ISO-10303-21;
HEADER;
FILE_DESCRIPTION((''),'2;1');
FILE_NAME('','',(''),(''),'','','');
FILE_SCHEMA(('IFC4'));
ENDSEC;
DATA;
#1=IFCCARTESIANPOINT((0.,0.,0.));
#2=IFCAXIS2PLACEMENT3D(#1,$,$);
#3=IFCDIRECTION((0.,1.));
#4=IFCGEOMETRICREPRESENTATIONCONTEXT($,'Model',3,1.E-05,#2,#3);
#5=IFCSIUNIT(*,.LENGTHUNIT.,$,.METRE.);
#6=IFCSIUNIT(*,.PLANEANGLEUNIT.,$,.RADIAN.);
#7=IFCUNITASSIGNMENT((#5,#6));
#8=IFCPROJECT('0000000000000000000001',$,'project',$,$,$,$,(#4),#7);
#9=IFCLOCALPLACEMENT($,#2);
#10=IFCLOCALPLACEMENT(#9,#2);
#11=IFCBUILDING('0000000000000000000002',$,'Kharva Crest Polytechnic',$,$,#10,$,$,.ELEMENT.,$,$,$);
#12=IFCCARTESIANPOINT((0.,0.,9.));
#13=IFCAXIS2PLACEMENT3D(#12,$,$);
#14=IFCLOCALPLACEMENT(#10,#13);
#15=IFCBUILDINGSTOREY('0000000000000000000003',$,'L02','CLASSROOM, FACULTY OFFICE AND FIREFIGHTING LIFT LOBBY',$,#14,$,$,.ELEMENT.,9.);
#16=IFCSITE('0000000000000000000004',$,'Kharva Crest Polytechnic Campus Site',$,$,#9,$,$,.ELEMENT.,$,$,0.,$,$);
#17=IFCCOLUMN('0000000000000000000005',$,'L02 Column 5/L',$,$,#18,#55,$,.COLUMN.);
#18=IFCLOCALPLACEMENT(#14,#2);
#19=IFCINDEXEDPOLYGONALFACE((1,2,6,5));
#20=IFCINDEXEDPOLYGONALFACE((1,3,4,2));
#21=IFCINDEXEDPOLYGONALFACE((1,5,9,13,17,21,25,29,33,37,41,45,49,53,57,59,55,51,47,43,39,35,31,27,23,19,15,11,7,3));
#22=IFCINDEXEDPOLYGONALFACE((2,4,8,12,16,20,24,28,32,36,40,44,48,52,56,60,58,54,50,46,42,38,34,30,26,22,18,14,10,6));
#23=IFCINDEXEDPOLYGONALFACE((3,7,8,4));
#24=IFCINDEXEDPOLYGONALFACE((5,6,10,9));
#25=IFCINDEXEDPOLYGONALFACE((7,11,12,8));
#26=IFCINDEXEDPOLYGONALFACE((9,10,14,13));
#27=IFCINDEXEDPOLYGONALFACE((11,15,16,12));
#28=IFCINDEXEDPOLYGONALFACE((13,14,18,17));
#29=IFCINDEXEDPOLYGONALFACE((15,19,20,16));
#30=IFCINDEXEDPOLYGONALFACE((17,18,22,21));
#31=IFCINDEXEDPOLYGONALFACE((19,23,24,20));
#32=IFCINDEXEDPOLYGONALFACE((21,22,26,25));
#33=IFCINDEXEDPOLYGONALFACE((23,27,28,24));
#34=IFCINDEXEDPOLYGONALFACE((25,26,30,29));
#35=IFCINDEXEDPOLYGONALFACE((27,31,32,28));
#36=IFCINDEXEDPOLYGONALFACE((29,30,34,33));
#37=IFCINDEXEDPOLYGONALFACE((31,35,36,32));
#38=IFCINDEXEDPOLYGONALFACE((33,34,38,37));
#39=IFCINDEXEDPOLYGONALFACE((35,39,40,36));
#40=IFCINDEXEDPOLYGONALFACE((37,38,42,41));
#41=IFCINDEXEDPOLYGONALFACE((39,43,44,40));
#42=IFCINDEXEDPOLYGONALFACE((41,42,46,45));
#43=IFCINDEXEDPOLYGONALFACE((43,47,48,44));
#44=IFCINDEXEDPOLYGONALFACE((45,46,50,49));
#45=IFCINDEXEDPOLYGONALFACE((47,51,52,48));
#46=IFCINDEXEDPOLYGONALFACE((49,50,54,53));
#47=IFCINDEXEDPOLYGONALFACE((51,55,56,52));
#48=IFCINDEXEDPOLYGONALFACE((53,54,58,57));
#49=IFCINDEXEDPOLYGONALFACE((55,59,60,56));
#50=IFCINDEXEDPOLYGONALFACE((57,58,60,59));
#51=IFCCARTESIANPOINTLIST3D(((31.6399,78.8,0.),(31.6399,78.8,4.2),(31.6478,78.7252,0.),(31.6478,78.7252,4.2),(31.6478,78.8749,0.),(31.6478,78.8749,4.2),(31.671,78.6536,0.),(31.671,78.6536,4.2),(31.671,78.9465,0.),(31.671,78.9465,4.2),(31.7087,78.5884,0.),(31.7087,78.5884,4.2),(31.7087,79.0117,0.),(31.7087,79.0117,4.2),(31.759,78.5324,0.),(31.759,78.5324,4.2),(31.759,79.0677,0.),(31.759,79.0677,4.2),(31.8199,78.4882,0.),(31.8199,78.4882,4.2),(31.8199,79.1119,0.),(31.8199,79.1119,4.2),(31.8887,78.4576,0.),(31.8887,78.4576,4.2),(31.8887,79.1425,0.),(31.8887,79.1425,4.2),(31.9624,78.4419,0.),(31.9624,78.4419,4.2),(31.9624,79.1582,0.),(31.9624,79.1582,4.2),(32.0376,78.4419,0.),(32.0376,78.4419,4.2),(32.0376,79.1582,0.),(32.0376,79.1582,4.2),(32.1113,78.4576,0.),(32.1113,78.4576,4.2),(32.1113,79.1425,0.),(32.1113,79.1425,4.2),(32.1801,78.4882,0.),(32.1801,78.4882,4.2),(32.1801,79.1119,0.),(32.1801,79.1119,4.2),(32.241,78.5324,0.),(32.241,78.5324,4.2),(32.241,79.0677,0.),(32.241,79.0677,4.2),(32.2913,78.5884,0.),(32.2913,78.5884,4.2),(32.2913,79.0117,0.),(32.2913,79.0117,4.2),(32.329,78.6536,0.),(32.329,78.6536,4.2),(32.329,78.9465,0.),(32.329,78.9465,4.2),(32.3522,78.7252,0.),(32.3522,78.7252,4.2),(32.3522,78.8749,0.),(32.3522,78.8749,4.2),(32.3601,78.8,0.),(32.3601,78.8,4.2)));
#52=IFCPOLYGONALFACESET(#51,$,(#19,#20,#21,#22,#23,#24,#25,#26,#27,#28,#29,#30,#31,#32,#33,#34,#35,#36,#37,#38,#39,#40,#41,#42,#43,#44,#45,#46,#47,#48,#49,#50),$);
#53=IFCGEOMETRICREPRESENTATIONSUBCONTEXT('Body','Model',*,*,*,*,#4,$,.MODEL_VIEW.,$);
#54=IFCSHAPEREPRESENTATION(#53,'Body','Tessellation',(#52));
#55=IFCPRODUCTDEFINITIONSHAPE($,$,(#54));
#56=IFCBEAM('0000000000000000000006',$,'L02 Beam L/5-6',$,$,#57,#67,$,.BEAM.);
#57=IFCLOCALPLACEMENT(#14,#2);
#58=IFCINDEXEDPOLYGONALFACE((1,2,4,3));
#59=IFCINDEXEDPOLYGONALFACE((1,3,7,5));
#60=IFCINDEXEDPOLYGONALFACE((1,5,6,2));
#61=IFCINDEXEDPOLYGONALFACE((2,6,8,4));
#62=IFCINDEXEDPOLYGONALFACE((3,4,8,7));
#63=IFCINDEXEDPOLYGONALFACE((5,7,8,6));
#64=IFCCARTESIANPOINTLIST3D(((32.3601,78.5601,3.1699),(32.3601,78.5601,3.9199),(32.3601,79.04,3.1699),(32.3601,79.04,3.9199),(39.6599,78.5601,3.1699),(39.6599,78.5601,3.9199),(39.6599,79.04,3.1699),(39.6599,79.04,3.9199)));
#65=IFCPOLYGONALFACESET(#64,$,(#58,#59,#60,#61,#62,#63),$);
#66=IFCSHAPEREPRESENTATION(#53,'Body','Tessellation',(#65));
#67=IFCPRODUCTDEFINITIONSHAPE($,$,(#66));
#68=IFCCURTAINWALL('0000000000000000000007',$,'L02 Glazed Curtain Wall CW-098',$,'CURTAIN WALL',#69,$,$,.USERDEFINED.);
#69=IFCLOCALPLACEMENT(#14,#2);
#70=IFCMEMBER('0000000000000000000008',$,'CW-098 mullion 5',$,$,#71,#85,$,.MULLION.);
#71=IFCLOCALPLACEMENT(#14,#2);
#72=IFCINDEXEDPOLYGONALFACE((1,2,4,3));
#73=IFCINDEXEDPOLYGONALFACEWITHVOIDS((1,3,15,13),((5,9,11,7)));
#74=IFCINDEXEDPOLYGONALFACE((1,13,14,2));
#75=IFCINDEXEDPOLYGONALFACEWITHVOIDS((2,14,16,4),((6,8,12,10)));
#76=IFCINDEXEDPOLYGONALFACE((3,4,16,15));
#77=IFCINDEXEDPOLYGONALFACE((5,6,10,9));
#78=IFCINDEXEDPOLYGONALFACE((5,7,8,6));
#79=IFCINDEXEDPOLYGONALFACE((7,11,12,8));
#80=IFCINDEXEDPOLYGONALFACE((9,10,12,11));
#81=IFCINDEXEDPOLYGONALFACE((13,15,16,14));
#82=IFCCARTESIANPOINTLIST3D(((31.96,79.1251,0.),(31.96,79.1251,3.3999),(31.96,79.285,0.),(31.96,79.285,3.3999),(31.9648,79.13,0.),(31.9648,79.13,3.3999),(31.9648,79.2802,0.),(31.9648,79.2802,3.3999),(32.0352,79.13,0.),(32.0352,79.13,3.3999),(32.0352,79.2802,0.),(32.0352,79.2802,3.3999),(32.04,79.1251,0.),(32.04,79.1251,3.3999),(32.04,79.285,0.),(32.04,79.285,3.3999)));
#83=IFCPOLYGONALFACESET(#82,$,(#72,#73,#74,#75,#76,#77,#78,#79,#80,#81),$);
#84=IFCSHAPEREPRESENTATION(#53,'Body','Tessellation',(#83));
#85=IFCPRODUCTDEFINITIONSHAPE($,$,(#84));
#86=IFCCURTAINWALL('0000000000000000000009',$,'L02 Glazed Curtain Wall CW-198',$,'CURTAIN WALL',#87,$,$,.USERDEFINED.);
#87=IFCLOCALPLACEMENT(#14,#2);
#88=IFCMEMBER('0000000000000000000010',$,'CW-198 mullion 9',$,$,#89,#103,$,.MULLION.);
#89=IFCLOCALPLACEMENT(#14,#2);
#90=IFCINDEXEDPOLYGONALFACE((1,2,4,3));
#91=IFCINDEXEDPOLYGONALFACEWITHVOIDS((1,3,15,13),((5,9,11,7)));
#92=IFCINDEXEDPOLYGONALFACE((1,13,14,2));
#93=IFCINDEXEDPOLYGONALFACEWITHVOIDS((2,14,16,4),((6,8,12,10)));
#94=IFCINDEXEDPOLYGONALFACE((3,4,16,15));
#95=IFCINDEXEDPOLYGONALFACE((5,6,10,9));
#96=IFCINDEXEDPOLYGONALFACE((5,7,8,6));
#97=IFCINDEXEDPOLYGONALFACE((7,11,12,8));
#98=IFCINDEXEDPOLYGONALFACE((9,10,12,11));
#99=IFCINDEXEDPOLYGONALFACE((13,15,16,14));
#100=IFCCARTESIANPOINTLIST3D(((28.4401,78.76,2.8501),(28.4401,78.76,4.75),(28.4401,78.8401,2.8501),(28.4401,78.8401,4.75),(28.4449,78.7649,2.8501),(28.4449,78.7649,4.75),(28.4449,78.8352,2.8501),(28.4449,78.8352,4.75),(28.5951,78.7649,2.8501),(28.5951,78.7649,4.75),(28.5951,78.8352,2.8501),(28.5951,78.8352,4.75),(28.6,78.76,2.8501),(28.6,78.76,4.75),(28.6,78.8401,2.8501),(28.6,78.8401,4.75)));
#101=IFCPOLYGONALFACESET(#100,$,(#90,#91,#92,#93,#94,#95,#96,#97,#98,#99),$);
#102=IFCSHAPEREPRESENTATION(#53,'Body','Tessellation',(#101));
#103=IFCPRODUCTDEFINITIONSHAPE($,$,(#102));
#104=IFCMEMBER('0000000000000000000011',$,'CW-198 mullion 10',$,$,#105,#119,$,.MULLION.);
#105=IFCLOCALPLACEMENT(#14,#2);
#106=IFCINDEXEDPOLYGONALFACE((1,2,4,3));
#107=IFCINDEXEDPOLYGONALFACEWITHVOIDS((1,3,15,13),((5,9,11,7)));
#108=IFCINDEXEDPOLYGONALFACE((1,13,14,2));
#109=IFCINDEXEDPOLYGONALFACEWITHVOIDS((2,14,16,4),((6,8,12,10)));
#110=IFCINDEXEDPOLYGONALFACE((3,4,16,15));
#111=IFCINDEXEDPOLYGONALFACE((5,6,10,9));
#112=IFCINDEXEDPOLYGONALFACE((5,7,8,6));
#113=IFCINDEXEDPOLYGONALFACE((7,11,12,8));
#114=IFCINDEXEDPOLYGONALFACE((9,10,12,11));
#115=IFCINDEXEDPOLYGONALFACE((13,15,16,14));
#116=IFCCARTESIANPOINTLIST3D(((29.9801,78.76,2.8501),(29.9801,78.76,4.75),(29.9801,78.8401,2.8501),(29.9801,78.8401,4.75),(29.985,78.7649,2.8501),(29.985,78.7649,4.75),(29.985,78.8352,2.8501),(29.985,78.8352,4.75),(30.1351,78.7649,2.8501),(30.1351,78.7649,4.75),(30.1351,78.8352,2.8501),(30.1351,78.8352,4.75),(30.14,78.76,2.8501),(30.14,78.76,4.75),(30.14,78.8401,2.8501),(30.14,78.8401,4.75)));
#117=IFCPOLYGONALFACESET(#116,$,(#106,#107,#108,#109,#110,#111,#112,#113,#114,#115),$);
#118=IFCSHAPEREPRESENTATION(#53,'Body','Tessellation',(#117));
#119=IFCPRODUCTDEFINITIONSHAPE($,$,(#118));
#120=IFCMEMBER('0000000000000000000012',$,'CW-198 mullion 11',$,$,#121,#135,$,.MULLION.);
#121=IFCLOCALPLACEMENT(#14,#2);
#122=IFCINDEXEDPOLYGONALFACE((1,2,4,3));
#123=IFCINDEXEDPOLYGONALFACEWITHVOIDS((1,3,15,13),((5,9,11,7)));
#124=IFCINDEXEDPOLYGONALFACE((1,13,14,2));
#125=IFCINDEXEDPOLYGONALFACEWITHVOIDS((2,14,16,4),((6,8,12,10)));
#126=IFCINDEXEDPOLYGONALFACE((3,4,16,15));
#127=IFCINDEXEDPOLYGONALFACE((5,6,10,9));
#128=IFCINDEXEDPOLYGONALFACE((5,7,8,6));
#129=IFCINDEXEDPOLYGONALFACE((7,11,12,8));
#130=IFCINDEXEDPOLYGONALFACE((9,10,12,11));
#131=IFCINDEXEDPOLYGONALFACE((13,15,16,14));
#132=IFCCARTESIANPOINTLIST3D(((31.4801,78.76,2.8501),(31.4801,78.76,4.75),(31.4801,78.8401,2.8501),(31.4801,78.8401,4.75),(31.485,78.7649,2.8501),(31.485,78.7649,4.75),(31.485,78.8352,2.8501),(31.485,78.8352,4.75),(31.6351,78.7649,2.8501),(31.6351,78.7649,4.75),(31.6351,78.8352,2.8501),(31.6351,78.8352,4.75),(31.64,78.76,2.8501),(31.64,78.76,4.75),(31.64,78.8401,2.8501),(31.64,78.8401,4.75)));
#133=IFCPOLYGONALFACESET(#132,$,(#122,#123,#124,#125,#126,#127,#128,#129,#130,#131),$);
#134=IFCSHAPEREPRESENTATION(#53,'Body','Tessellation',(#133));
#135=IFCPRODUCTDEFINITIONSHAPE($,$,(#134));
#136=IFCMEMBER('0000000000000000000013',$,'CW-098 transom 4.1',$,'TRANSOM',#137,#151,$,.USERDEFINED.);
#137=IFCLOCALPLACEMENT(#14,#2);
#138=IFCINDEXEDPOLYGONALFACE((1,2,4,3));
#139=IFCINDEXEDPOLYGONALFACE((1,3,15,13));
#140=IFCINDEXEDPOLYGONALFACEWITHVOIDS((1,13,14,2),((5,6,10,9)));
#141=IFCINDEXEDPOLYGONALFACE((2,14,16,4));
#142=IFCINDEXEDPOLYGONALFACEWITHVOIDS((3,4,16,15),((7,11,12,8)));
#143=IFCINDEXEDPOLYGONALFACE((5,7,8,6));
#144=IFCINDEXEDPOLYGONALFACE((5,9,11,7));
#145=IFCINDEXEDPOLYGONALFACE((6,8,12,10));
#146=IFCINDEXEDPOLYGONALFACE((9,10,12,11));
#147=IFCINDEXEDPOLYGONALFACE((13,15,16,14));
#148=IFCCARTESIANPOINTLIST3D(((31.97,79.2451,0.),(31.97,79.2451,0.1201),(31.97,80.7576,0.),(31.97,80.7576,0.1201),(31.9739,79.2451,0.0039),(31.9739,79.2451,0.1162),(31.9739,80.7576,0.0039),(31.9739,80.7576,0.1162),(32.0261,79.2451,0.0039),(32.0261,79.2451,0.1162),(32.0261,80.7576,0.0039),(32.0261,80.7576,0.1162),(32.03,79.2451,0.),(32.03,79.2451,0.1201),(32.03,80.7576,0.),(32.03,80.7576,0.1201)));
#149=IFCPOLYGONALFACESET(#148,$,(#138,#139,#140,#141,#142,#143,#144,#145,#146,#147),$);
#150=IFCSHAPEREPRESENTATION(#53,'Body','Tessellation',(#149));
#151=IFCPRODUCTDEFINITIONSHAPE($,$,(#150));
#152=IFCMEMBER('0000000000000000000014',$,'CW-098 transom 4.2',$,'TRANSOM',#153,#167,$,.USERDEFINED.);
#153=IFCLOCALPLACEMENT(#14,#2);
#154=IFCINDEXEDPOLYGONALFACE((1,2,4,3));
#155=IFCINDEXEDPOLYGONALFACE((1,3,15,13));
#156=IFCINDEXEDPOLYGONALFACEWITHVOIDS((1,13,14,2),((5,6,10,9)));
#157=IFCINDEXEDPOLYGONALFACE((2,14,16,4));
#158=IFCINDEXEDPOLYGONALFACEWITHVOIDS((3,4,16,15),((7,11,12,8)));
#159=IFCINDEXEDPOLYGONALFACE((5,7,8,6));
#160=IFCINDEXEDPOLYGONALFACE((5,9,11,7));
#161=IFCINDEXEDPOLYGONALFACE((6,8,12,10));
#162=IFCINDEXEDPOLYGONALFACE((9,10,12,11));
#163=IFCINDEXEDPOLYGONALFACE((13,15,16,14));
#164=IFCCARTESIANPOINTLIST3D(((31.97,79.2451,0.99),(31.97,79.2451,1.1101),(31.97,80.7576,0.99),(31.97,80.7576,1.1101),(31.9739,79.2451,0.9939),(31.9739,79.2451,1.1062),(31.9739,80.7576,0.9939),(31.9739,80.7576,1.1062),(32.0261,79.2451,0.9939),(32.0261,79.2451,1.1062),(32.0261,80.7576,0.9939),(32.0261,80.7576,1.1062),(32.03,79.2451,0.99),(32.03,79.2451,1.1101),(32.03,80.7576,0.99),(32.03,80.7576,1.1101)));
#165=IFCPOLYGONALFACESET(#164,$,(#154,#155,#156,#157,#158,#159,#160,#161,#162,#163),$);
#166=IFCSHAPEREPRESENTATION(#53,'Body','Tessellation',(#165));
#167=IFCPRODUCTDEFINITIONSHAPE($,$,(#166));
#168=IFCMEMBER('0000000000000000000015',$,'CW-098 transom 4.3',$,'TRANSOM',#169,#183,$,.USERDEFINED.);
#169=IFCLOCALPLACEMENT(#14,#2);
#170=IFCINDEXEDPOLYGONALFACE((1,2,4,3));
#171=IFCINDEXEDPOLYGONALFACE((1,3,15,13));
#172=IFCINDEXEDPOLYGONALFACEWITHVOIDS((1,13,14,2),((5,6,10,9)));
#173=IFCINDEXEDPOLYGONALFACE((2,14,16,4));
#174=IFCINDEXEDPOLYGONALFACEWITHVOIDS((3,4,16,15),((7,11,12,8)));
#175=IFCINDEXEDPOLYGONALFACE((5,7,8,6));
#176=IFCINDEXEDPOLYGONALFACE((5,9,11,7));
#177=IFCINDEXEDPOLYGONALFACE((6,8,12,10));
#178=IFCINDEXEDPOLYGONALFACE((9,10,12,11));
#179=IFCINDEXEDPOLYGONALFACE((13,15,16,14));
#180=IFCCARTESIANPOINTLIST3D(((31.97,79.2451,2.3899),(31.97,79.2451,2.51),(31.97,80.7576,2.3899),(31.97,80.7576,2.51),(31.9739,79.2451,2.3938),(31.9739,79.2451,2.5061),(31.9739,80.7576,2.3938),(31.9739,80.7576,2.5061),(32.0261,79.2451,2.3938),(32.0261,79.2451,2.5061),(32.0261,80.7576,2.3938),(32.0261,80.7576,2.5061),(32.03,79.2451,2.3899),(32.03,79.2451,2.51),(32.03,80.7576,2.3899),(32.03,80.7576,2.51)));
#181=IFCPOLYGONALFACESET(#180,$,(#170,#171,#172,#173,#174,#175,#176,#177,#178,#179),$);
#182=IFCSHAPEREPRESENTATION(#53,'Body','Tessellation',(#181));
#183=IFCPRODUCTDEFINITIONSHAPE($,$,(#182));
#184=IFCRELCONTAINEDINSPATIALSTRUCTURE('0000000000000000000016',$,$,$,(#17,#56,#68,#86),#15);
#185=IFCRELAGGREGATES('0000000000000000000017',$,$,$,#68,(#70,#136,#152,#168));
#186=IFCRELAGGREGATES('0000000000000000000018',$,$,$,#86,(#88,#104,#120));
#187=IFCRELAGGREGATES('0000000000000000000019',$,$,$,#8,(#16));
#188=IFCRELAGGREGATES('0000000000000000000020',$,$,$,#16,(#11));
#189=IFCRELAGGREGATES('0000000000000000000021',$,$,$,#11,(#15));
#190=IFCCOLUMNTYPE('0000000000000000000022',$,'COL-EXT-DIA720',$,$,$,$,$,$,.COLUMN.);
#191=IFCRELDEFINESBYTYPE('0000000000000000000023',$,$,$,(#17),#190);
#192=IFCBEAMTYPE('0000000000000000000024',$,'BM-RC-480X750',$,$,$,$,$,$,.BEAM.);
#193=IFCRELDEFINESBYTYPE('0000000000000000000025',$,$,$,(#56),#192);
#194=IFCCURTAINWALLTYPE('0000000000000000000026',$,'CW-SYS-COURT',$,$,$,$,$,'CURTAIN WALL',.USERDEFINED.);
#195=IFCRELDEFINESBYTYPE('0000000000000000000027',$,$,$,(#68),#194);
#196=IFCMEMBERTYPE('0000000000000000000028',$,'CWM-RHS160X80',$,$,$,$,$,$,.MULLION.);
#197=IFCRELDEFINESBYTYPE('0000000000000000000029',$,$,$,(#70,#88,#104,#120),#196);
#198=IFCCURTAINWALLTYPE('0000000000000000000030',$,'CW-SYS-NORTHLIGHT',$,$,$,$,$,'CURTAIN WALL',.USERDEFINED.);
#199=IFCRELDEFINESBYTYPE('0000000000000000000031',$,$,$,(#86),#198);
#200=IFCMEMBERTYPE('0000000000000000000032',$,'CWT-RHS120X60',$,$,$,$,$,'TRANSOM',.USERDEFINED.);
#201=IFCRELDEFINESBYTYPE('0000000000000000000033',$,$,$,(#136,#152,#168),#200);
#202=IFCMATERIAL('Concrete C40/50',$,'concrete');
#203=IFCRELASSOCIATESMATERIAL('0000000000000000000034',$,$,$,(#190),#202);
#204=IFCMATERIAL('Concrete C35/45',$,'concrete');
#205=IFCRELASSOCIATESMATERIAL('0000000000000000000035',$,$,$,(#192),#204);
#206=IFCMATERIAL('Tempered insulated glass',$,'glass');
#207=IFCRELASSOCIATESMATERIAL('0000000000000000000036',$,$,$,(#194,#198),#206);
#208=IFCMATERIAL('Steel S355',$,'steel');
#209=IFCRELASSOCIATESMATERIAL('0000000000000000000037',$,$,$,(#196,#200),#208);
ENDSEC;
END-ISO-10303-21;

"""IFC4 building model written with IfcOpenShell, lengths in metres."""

from ifc_helpers import new_model, si_unit, direction, frame, origin, origin_2d, place, context, subcontext, project, spatial, rectangle, hollow_rectangle, circle, extrude, material, material_profile, profile_set, type_object, element, aggregate, save


model = new_model("IFC4")

# Units and contexts
model_context = context("Model", 3, precision=1e-05, world=origin(), true_north=direction((0.0, 1.0)))
body_context = subcontext(model_context, "Body", "Model", "MODEL_VIEW")
ifc_project = project(units=[si_unit("LENGTHUNIT", "METRE"), si_unit("PLANEANGLEUNIT", "RADIAN")], contexts=[model_context])

# Site, building, storey
site_placement = place(None, origin())
site = spatial("IfcSite", under=ifc_project, at=site_placement, Name="Kharva Crest Polytechnic Campus Site", CompositionType="ELEMENT", RefElevation=0.0)
building_placement = place(site_placement, origin())
building = spatial("IfcBuilding", under=site, at=building_placement, Name="Kharva Crest Polytechnic", CompositionType="ELEMENT")
storey_placement = place(building_placement, frame((0.0, 0.0, 9.0)))
storey = spatial("IfcBuildingStorey", under=building, at=storey_placement, Name="L02", Description="CLASSROOM, FACULTY OFFICE AND FIREFIGHTING LIFT LOBBY", CompositionType="ELEMENT", Elevation=9.0)

# Column
ifc_material_1 = material(Name="Concrete C40/50", Category="concrete")
ifc_material_profile_1 = material_profile(ifc_material_1, circle(Radius=0.3601, at=origin_2d()), Name="DIA 720")
ifc_profile_set_1 = profile_set([ifc_material_profile_1], Name="Concrete C40/50")
column_type = type_object("IfcColumnType", Name="COL-EXT-DIA720", PredefinedType="COLUMN", material=ifc_profile_set_1)
column_placement = place(storey_placement, frame((32.0, 78.8, 0.0), z_axis=(0.0, 0.0, 1.0), x_axis=(1.0, 0.0, 0.0)))
element("IfcColumn", 1, at=column_placement, inside=storey, type_object=column_type, Name="L02 Column 5/L", PredefinedType="COLUMN", context=body_context, shape_type="SweptSolid", body=[
    extrude(circle(Radius=0.3601, at=origin_2d()), origin(), (0.0, 0.0, 1.0), 4.2),
])

# Beam
ifc_material_2 = material(Name="Concrete C35/45", Category="concrete")
ifc_material_profile_2 = material_profile(ifc_material_2, rectangle(XDim=0.48, YDim=0.75, at=origin_2d()), Name="RECT 480 X 750")
ifc_profile_set_2 = profile_set([ifc_material_profile_2], Name="Concrete C35/45")
beam_type_1 = type_object("IfcBeamType", Name="BM-RC-480X750", PredefinedType="BEAM", material=ifc_profile_set_2)
beam_1_placement = place(storey_placement, frame((32.3601, 78.8, 3.5449), z_axis=(1.0, 0.0, 0.0), x_axis=(0.0, 1.0, 0.0)))
element("IfcBeam", 2, at=beam_1_placement, inside=storey, type_object=beam_type_1, Name="L02 Beam L/5-6", PredefinedType="BEAM", context=body_context, shape_type="SweptSolid", body=[
    extrude(rectangle(XDim=0.48, YDim=0.75, at=origin_2d()), origin(), (0.0, 0.0, 1.0), 7.2998),
])

# Curtain wall, member
ifc_material_3 = material(Name="Tempered insulated glass", Category="glass")
curtain_wall_type_1 = type_object("IfcCurtainWallType", Name="CW-SYS-COURT", ElementType="CURTAIN WALL", PredefinedType="USERDEFINED", material=ifc_material_3)
curtain_wall_1_placement = place(storey_placement, origin())
curtain_wall_1 = element("IfcCurtainWall", 3, at=curtain_wall_1_placement, inside=storey, type_object=curtain_wall_type_1, Name="L02 Glazed Curtain Wall CW-098", ObjectType="CURTAIN WALL", PredefinedType="USERDEFINED")
ifc_material_4 = material(Name="Steel S355", Category="steel")
ifc_material_profile_3 = material_profile(ifc_material_4, hollow_rectangle(XDim=0.0801, YDim=0.1599, WallThickness=0.0049, at=origin_2d()), Name="RHS 160X80X5.0")
ifc_profile_set_3 = profile_set([ifc_material_profile_3], Name="Steel S355")
member_type_1 = type_object("IfcMemberType", Name="CWM-RHS160X80", PredefinedType="MULLION", material=ifc_profile_set_3)
member_1_placement = place(storey_placement, frame((32.0, 79.2051, 0.0), z_axis=(0.0, 0.0, 1.0), x_axis=(1.0, 0.0, 0.0)))
member_1 = element("IfcMember", 4, at=member_1_placement, type_object=member_type_1, Name="CW-098 mullion 5", PredefinedType="MULLION", context=body_context, shape_type="SweptSolid", body=[
    extrude(hollow_rectangle(XDim=0.0801, YDim=0.1599, WallThickness=0.0049, at=origin_2d()), origin(), (0.0, 0.0, 1.0), 3.3999),
])

# Curtain wall, members
curtain_wall_type_2 = type_object("IfcCurtainWallType", Name="CW-SYS-NORTHLIGHT", ElementType="CURTAIN WALL", PredefinedType="USERDEFINED", material=ifc_material_3)
curtain_wall_2_placement = place(storey_placement, origin())
curtain_wall_2 = element("IfcCurtainWall", 5, at=curtain_wall_2_placement, inside=storey, type_object=curtain_wall_type_2, Name="L02 Glazed Curtain Wall CW-198", ObjectType="CURTAIN WALL", PredefinedType="USERDEFINED")
member_2_placement = place(storey_placement, frame((28.52, 78.8, 2.8501), z_axis=(0.0, 0.0, 1.0), x_axis=(0.0, 1.0, 0.0)))
member_2 = element("IfcMember", 6, at=member_2_placement, type_object=member_type_1, Name="CW-198 mullion 9", PredefinedType="MULLION", context=body_context, shape_type="SweptSolid", body=[
    extrude(hollow_rectangle(XDim=0.0801, YDim=0.1599, WallThickness=0.0049, at=origin_2d()), origin(), (0.0, 0.0, 1.0), 1.8999),
])
member_3_placement = place(storey_placement, frame((30.0601, 78.8, 2.8501), z_axis=(0.0, 0.0, 1.0), x_axis=(0.0, 1.0, 0.0)))
member_3 = element("IfcMember", 7, at=member_3_placement, type_object=member_type_1, Name="CW-198 mullion 10", PredefinedType="MULLION", context=body_context, shape_type="SweptSolid", body=[
    extrude(hollow_rectangle(XDim=0.0801, YDim=0.1599, WallThickness=0.0049, at=origin_2d()), origin(), (0.0, 0.0, 1.0), 1.8999),
])
member_4_placement = place(storey_placement, frame((31.5601, 78.8, 2.8501), z_axis=(0.0, 0.0, 1.0), x_axis=(0.0, 1.0, 0.0)))
member_4 = element("IfcMember", 8, at=member_4_placement, type_object=member_type_1, Name="CW-198 mullion 11", PredefinedType="MULLION", context=body_context, shape_type="SweptSolid", body=[
    extrude(hollow_rectangle(XDim=0.0801, YDim=0.1599, WallThickness=0.0049, at=origin_2d()), origin(), (0.0, 0.0, 1.0), 1.8999),
])

# Members
ifc_material_profile_4 = material_profile(ifc_material_4, hollow_rectangle(XDim=0.0601, YDim=0.1201, WallThickness=0.0039, at=origin_2d()), Name="RHS 120X60X4.0")
ifc_profile_set_4 = profile_set([ifc_material_profile_4], Name="Steel S355")
member_type_2 = type_object("IfcMemberType", Name="CWT-RHS120X60", ElementType="TRANSOM", PredefinedType="USERDEFINED", material=ifc_profile_set_4)
member_5_placement = place(storey_placement, frame((32.0, 80.7576, 0.0601), z_axis=(0.0, -1.0, 0.0), x_axis=(1.0, 0.0, 0.0)))
member_5 = element("IfcMember", 9, at=member_5_placement, type_object=member_type_2, Name="CW-098 transom 4.1", ObjectType="TRANSOM", PredefinedType="USERDEFINED", context=body_context, shape_type="SweptSolid", body=[
    extrude(hollow_rectangle(XDim=0.0601, YDim=0.1201, WallThickness=0.0039, at=origin_2d()), origin(), (0.0, 0.0, 1.0), 1.5125),
])
member_6_placement = place(storey_placement, frame((32.0, 80.7576, 1.05), z_axis=(0.0, -1.0, 0.0), x_axis=(1.0, 0.0, 0.0)))
member_6 = element("IfcMember", 10, at=member_6_placement, type_object=member_type_2, Name="CW-098 transom 4.2", ObjectType="TRANSOM", PredefinedType="USERDEFINED", context=body_context, shape_type="SweptSolid", body=[
    extrude(hollow_rectangle(XDim=0.0601, YDim=0.1201, WallThickness=0.0039, at=origin_2d()), origin(), (0.0, 0.0, 1.0), 1.5125),
])
member_7_placement = place(storey_placement, frame((32.0, 80.7576, 2.45), z_axis=(0.0, -1.0, 0.0), x_axis=(1.0, 0.0, 0.0)))
member_7 = element("IfcMember", 11, at=member_7_placement, type_object=member_type_2, Name="CW-098 transom 4.3", ObjectType="TRANSOM", PredefinedType="USERDEFINED", context=body_context, shape_type="SweptSolid", body=[
    extrude(hollow_rectangle(XDim=0.0601, YDim=0.1201, WallThickness=0.0039, at=origin_2d()), origin(), (0.0, 0.0, 1.0), 1.5125),
])

aggregate(curtain_wall_1, [member_1, member_5, member_6, member_7])
aggregate(curtain_wall_2, [member_2, member_3, member_4])

save(model, "model.ifc")
